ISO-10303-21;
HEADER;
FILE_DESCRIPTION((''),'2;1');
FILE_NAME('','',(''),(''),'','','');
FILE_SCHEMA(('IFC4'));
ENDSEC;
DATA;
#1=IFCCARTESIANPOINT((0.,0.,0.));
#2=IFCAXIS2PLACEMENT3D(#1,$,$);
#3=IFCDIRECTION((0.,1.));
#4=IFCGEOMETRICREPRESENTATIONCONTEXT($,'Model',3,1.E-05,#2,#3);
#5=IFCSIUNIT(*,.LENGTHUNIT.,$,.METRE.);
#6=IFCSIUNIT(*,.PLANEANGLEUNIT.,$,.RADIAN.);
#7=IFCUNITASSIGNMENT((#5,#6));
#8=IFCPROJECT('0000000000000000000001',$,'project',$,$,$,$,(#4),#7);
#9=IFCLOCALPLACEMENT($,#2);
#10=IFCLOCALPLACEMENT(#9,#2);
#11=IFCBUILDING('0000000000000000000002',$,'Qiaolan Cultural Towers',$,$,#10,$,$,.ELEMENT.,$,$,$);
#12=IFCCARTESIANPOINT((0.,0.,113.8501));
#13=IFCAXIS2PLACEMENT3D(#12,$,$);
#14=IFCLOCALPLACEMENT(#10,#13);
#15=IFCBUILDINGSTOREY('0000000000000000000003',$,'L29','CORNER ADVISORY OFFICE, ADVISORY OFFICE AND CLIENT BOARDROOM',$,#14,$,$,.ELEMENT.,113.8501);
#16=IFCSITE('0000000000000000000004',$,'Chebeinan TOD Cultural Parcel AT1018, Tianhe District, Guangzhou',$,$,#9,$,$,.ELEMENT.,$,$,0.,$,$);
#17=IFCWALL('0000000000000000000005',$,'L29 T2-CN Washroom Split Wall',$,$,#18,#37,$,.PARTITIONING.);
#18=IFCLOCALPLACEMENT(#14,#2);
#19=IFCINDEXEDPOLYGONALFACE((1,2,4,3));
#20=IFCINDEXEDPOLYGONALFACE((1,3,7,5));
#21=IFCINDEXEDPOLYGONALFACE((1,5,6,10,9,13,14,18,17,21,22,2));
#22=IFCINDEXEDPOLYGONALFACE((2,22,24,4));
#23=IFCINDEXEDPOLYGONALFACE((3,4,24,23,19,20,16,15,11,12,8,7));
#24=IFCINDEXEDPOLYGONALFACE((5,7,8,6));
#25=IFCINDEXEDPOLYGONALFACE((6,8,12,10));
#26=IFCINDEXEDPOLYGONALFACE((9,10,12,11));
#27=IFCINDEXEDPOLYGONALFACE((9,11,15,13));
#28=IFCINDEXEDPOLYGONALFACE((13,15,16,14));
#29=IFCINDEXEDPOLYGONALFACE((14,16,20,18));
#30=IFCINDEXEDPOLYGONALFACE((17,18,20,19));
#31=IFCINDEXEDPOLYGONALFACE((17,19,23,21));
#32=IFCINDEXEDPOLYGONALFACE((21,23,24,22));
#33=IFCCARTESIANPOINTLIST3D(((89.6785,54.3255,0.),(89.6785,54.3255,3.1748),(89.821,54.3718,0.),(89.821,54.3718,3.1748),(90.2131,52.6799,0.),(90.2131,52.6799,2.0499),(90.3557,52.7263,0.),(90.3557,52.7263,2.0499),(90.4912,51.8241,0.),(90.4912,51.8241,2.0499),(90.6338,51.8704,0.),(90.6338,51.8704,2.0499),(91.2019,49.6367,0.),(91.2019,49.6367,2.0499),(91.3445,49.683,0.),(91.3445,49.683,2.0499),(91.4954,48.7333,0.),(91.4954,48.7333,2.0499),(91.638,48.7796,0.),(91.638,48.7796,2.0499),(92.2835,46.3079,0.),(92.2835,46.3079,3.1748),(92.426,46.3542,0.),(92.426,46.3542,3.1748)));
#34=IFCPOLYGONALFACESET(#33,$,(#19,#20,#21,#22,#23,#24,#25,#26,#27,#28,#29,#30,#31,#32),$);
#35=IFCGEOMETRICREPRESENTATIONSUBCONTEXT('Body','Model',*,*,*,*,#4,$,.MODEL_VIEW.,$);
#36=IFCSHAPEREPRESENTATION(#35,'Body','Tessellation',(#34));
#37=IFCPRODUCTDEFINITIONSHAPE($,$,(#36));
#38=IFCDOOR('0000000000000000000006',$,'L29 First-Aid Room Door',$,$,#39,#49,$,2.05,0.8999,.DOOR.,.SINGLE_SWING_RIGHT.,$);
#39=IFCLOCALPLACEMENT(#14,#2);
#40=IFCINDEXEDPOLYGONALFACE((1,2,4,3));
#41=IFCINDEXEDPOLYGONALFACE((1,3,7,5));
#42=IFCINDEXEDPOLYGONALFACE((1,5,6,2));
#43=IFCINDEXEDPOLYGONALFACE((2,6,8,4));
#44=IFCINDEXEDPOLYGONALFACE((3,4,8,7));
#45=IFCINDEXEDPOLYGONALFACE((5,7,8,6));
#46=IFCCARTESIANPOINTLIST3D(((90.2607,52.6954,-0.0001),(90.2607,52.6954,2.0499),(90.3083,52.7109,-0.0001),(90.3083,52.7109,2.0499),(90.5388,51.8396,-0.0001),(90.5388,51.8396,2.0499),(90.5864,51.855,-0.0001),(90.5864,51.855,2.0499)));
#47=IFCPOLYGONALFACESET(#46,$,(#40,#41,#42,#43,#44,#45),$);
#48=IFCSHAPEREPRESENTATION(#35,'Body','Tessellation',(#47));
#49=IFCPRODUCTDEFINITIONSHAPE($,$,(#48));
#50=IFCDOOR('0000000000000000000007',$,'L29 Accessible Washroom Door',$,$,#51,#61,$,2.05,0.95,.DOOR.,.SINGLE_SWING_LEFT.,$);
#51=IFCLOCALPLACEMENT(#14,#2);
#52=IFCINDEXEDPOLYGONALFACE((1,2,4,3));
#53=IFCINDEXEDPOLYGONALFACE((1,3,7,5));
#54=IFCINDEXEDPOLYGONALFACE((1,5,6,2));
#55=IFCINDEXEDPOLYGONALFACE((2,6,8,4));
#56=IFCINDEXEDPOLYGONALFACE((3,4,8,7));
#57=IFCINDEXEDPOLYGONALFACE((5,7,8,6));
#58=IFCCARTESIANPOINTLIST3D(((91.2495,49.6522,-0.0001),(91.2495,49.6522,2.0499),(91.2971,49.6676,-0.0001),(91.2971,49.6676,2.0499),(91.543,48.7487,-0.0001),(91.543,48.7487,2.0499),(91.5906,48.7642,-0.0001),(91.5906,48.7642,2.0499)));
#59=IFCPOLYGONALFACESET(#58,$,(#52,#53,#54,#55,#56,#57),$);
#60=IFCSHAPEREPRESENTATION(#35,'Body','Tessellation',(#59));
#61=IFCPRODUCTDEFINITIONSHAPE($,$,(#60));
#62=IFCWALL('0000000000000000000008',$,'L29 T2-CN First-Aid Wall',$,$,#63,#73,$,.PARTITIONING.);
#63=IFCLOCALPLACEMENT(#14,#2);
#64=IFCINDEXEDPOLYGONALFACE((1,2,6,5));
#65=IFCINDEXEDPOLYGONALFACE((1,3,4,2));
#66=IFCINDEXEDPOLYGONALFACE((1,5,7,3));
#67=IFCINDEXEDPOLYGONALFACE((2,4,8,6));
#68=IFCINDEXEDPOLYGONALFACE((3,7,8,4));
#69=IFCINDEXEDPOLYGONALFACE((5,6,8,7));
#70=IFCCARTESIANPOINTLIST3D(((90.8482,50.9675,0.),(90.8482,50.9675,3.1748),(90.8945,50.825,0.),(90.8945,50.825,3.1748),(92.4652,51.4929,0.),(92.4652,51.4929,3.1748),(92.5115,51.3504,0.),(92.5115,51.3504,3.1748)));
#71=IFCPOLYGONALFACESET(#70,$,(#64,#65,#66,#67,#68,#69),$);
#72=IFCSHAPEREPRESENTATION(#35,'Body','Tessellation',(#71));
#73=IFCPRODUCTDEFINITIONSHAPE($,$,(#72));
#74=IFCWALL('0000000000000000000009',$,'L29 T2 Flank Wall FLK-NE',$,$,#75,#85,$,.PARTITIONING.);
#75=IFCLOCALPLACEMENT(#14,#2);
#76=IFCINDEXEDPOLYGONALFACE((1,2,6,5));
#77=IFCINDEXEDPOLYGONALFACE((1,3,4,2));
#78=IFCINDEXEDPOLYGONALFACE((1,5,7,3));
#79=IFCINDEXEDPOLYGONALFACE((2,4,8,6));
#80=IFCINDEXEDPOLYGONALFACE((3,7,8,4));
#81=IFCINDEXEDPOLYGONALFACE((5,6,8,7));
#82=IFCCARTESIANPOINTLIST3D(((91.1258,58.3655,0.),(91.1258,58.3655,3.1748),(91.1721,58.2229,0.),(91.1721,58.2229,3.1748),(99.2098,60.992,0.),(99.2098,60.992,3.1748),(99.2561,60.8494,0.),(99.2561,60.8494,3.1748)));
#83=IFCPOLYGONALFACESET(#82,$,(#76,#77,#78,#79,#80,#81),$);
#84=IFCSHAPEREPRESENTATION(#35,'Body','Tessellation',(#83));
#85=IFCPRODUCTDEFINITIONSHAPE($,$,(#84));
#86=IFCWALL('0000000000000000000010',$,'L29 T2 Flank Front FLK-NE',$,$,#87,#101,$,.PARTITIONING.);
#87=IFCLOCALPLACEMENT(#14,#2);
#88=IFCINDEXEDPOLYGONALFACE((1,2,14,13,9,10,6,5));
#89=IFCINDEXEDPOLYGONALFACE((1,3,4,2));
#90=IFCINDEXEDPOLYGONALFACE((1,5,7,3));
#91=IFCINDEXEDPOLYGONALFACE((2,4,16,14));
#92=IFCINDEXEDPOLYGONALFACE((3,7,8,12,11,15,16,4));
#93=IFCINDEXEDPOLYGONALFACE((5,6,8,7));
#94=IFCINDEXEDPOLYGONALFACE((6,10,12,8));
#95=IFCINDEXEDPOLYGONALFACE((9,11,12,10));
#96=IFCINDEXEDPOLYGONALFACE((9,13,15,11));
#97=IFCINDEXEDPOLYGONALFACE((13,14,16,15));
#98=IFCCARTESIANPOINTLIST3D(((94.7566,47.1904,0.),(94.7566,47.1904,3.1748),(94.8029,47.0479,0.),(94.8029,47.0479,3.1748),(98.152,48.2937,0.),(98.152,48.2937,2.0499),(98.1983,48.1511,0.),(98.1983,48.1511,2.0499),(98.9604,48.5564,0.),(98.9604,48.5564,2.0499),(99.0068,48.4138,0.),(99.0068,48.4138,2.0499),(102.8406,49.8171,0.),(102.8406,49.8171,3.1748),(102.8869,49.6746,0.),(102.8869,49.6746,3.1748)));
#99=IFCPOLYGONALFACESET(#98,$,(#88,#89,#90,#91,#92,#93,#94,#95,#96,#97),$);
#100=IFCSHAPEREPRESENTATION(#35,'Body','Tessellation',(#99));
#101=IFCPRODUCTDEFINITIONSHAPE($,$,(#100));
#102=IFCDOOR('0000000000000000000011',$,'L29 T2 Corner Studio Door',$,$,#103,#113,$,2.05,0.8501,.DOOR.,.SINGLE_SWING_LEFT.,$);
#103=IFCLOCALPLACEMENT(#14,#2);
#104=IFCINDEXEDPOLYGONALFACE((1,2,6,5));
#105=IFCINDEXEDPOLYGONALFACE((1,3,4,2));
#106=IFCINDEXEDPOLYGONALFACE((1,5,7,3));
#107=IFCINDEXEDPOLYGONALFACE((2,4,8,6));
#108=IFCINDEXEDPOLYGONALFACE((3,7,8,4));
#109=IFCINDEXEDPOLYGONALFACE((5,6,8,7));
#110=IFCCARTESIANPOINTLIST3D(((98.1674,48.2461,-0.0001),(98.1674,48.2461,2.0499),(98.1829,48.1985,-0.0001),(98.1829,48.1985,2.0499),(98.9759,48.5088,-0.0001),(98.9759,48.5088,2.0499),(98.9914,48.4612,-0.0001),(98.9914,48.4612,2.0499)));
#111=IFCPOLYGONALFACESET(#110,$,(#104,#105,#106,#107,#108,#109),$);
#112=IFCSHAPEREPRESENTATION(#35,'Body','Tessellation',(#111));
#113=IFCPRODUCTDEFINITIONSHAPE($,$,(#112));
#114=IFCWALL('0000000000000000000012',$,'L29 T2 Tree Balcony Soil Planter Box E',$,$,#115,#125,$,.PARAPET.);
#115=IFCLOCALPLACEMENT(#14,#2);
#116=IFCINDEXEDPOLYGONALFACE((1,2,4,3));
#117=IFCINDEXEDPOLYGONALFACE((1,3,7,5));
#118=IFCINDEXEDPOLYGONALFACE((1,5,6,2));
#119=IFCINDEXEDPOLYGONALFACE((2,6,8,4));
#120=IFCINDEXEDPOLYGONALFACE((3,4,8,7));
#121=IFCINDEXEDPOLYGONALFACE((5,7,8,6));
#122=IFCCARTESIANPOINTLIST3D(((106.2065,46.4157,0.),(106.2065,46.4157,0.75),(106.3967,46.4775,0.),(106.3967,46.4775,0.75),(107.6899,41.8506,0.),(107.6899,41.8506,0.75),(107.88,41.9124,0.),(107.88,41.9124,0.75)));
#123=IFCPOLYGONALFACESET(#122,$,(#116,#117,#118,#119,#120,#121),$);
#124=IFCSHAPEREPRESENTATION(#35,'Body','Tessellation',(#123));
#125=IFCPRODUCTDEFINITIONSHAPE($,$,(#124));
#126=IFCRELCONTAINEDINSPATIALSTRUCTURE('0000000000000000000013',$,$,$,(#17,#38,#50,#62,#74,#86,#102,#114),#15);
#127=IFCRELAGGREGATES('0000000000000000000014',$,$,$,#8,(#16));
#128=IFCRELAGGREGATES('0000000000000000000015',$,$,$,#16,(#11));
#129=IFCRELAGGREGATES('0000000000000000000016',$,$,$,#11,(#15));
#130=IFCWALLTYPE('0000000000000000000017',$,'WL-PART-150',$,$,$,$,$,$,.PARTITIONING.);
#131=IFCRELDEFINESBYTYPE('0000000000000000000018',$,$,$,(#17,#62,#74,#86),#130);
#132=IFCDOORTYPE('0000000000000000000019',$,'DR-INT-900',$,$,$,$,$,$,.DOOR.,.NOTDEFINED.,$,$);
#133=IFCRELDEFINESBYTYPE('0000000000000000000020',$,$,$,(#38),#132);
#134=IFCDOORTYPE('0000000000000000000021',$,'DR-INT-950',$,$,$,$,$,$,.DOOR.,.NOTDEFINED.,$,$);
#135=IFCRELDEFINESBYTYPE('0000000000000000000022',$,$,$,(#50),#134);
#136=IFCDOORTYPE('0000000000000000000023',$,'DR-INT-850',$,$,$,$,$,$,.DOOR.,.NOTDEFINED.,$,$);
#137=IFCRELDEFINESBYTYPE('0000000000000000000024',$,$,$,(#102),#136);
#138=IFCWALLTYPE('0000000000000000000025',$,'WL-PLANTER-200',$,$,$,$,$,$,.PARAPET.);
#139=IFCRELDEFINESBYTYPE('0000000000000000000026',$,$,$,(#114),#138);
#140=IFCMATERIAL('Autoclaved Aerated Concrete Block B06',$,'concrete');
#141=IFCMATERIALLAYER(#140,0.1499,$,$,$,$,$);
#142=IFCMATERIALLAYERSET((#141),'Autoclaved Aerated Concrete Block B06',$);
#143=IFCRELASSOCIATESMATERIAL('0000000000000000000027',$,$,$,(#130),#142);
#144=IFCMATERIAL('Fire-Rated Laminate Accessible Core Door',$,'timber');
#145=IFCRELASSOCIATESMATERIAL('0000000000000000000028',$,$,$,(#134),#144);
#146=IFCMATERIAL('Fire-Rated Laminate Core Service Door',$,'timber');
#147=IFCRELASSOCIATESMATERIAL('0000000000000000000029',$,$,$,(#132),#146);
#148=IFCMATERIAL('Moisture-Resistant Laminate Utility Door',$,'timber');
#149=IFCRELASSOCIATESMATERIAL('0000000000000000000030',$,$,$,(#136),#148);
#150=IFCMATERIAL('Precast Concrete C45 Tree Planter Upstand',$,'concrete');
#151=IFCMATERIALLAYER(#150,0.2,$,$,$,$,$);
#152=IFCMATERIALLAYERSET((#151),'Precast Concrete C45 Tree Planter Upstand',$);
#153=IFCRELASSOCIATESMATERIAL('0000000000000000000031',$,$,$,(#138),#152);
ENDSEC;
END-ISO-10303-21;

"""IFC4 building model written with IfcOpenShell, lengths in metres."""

from ifc_helpers import new_model, si_unit, direction, frame, frame_2d, origin, place, context, subcontext, project, spatial, rectangle, extrude, material, layer, layer_set, type_object, element, fill, save


model = new_model("IFC4")

# Units and contexts
model_context = context("Model", 3, precision=1e-05, world=origin(), true_north=direction((0.0, 1.0)))
body_context = subcontext(model_context, "Body", "Model", "MODEL_VIEW")
ifc_project = project(units=[si_unit("LENGTHUNIT", "METRE"), si_unit("PLANEANGLEUNIT", "RADIAN")], contexts=[model_context])

# Site, building, storey
site_placement = place(None, origin())
site = spatial("IfcSite", under=ifc_project, at=site_placement, Name="Chebeinan TOD Cultural Parcel AT1018, Tianhe District, Guangzhou", CompositionType="ELEMENT", RefElevation=0.0)
building_placement = place(site_placement, origin())
building = spatial("IfcBuilding", under=site, at=building_placement, Name="Qiaolan Cultural Towers", CompositionType="ELEMENT")
storey_placement = place(building_placement, frame((0.0, 0.0, 113.8501)))
storey = spatial("IfcBuildingStorey", under=building, at=storey_placement, Name="L29", Description="CORNER ADVISORY OFFICE, ADVISORY OFFICE AND CLIENT BOARDROOM", CompositionType="ELEMENT", Elevation=113.8501)

# Shared definitions
ifc_material_1 = material(Name="Autoclaved Aerated Concrete Block B06", Category="concrete")
ifc_layer_1 = layer(ifc_material_1, 0.1499)
ifc_layer_set_1 = layer_set([ifc_layer_1], Name="Autoclaved Aerated Concrete Block B06")
wall_type_1 = type_object("IfcWallType", Name="WL-PART-150", PredefinedType="PARTITIONING", material=ifc_layer_set_1)
ifc_material_2 = material(Name="Fire-Rated Laminate Accessible Core Door", Category="timber")
door_type_1 = type_object("IfcDoorType", Name="DR-INT-950", OperationType="NOTDEFINED", PredefinedType="DOOR", material=ifc_material_2)

# Wall, openings, doors
wall_1_placement = place(storey_placement, frame((92.3547, 46.3311, 0.0), z_axis=(0.0, 0.0, 1.0), x_axis=(-0.309007, 0.95106, 0.0)))
wall_1 = element("IfcWall", 1, at=wall_1_placement, inside=storey, type_object=wall_type_1, Name="L29 T2-CN Washroom Split Wall", PredefinedType="PARTITIONING", context=body_context, shape_type="SweptSolid", body=[
    extrude(rectangle(XDim=8.4302, YDim=0.1499, at=frame_2d((4.2151, 0.0))), origin(), (0.0, 0.0, 1.0), 3.1748),
])
opening_1_placement = place(wall_1_placement, frame((2.55, 0.0, 0.0)))
opening_1 = element("IfcOpeningElement", 2, at=opening_1_placement, cuts=wall_1, PredefinedType="OPENING", context=body_context, shape_type="SweptSolid", body=[
    extrude(rectangle(XDim=0.95, YDim=2.05, at=frame_2d((0.4751, 1.0249))), frame((0.0, 0.085, 0.0), z_axis=(0.0, -1.0, 0.0), x_axis=(1.0, 0.0, 0.0)), (0.0, 0.0, 1.0), 0.1699),
])
opening_2_placement = place(wall_1_placement, frame((5.8, 0.0, 0.0)))
opening_2 = element("IfcOpeningElement", 3, at=opening_2_placement, cuts=wall_1, PredefinedType="OPENING", context=body_context, shape_type="SweptSolid", body=[
    extrude(rectangle(XDim=0.8999, YDim=2.05, at=frame_2d((0.45, 1.0249))), frame((0.0, 0.085, 0.0), z_axis=(0.0, -1.0, 0.0), x_axis=(1.0, 0.0, 0.0)), (0.0, 0.0, 1.0), 0.1699),
])
ifc_material_3 = material(Name="Fire-Rated Laminate Core Service Door", Category="timber")
door_type_2 = type_object("IfcDoorType", Name="DR-INT-900", OperationType="NOTDEFINED", PredefinedType="DOOR", material=ifc_material_3)
door_1_placement = place(opening_2_placement, origin())
door_1 = element("IfcDoor", 4, at=door_1_placement, inside=storey, type_object=door_type_2, Name="L29 First-Aid Room Door", OperationType="SINGLE_SWING_RIGHT", OverallHeight=2.05, OverallWidth=0.8999, PredefinedType="DOOR", context=body_context, shape_type="SweptSolid", body=[
    extrude(rectangle(XDim=0.8999, YDim=2.05, at=frame_2d((0.45, 1.0249))), frame((0.0, 0.0249, 0.0), z_axis=(0.0, -1.0, 0.0), x_axis=(1.0, 0.0, 0.0)), (0.0, 0.0, 1.0), 0.05),
])
fill(opening_2, door_1)
door_2_placement = place(opening_1_placement, origin())
door_2 = element("IfcDoor", 5, at=door_2_placement, inside=storey, type_object=door_type_1, Name="L29 Accessible Washroom Door", OperationType="SINGLE_SWING_LEFT", OverallHeight=2.05, OverallWidth=0.95, PredefinedType="DOOR", context=body_context, shape_type="SweptSolid", body=[
    extrude(rectangle(XDim=0.95, YDim=2.05, at=frame_2d((0.4751, 1.0249))), frame((0.0, 0.0249, 0.0), z_axis=(0.0, -1.0, 0.0), x_axis=(1.0, 0.0, 0.0)), (0.0, 0.0, 1.0), 0.05),
])
fill(opening_1, door_2)

# Walls
wall_2_placement = place(storey_placement, frame((90.8713, 50.8962, 0.0), z_axis=(0.0, 0.0, 1.0), x_axis=(0.951054, 0.309024, 0.0)))
element("IfcWall", 6, at=wall_2_placement, inside=storey, type_object=wall_type_1, Name="L29 T2-CN First-Aid Wall", PredefinedType="PARTITIONING", context=body_context, shape_type="SweptSolid", body=[
    extrude(rectangle(XDim=1.7002, YDim=0.1499, at=frame_2d((0.8501, 0.0))), origin(), (0.0, 0.0, 1.0), 3.1748),
])
wall_3_placement = place(storey_placement, frame((91.1489, 58.2942, 0.0), z_axis=(0.0, 0.0, 1.0), x_axis=(0.951063, 0.308998, 0.0)))
element("IfcWall", 7, at=wall_3_placement, inside=storey, type_object=wall_type_1, Name="L29 T2 Flank Wall FLK-NE", PredefinedType="PARTITIONING", context=body_context, shape_type="SweptSolid", body=[
    extrude(rectangle(XDim=8.5, YDim=0.1499, at=frame_2d((4.25, 0.0))), origin(), (0.0, 0.0, 1.0), 3.1748),
])

# Wall, opening, door
wall_4_placement = place(storey_placement, frame((94.7798, 47.1191, 0.0), z_axis=(0.0, 0.0, 1.0), x_axis=(0.951054, 0.309024, 0.0)))
wall_4 = element("IfcWall", 8, at=wall_4_placement, inside=storey, type_object=wall_type_1, Name="L29 T2 Flank Front FLK-NE", PredefinedType="PARTITIONING", context=body_context, shape_type="SweptSolid", body=[
    extrude(rectangle(XDim=8.5, YDim=0.1499, at=frame_2d((4.25, 0.0))), origin(), (0.0, 0.0, 1.0), 3.1748),
])
opening_3_placement = place(wall_4_placement, frame((3.5701, 0.0, 0.0)))
opening_3 = element("IfcOpeningElement", 9, at=opening_3_placement, cuts=wall_4, PredefinedType="OPENING", context=body_context, shape_type="SweptSolid", body=[
    extrude(rectangle(XDim=0.8501, YDim=2.05, at=frame_2d((0.425, 1.0249))), frame((0.0, 0.085, 0.0), z_axis=(0.0, -1.0, 0.0), x_axis=(1.0, 0.0, 0.0)), (0.0, 0.0, 1.0), 0.1699),
])
ifc_material_4 = material(Name="Moisture-Resistant Laminate Utility Door", Category="timber")
door_type_3 = type_object("IfcDoorType", Name="DR-INT-850", OperationType="NOTDEFINED", PredefinedType="DOOR", material=ifc_material_4)
door_3_placement = place(opening_3_placement, origin())
door_3 = element("IfcDoor", 10, at=door_3_placement, inside=storey, type_object=door_type_3, Name="L29 T2 Corner Studio Door", OperationType="SINGLE_SWING_LEFT", OverallHeight=2.05, OverallWidth=0.8501, PredefinedType="DOOR", context=body_context, shape_type="SweptSolid", body=[
    extrude(rectangle(XDim=0.8501, YDim=2.05, at=frame_2d((0.425, 1.0249))), frame((0.0, 0.0249, 0.0), z_axis=(0.0, -1.0, 0.0), x_axis=(1.0, 0.0, 0.0)), (0.0, 0.0, 1.0), 0.05),
])
fill(opening_3, door_3)

# Wall
ifc_material_5 = material(Name="Precast Concrete C45 Tree Planter Upstand", Category="concrete")
ifc_layer_2 = layer(ifc_material_5, 0.2)
ifc_layer_set_2 = layer_set([ifc_layer_2], Name="Precast Concrete C45 Tree Planter Upstand")
wall_type_2 = type_object("IfcWallType", Name="WL-PLANTER-200", PredefinedType="PARAPET", material=ifc_layer_set_2)
wall_5_placement = place(storey_placement, frame((107.7849, 41.8816, 0.0), z_axis=(0.0, 0.0, 1.0), x_axis=(-0.309032, 0.951052, 0.0)))
element("IfcWall", 11, at=wall_5_placement, inside=storey, type_object=wall_type_2, Name="L29 T2 Tree Balcony Soil Planter Box E", PredefinedType="PARAPET", context=body_context, shape_type="SweptSolid", body=[
    extrude(rectangle(XDim=4.8, YDim=0.2, at=frame_2d((2.3999, 0.0))), origin(), (0.0, 0.0, 1.0), 0.75),
])

save(model, "model.ifc")
